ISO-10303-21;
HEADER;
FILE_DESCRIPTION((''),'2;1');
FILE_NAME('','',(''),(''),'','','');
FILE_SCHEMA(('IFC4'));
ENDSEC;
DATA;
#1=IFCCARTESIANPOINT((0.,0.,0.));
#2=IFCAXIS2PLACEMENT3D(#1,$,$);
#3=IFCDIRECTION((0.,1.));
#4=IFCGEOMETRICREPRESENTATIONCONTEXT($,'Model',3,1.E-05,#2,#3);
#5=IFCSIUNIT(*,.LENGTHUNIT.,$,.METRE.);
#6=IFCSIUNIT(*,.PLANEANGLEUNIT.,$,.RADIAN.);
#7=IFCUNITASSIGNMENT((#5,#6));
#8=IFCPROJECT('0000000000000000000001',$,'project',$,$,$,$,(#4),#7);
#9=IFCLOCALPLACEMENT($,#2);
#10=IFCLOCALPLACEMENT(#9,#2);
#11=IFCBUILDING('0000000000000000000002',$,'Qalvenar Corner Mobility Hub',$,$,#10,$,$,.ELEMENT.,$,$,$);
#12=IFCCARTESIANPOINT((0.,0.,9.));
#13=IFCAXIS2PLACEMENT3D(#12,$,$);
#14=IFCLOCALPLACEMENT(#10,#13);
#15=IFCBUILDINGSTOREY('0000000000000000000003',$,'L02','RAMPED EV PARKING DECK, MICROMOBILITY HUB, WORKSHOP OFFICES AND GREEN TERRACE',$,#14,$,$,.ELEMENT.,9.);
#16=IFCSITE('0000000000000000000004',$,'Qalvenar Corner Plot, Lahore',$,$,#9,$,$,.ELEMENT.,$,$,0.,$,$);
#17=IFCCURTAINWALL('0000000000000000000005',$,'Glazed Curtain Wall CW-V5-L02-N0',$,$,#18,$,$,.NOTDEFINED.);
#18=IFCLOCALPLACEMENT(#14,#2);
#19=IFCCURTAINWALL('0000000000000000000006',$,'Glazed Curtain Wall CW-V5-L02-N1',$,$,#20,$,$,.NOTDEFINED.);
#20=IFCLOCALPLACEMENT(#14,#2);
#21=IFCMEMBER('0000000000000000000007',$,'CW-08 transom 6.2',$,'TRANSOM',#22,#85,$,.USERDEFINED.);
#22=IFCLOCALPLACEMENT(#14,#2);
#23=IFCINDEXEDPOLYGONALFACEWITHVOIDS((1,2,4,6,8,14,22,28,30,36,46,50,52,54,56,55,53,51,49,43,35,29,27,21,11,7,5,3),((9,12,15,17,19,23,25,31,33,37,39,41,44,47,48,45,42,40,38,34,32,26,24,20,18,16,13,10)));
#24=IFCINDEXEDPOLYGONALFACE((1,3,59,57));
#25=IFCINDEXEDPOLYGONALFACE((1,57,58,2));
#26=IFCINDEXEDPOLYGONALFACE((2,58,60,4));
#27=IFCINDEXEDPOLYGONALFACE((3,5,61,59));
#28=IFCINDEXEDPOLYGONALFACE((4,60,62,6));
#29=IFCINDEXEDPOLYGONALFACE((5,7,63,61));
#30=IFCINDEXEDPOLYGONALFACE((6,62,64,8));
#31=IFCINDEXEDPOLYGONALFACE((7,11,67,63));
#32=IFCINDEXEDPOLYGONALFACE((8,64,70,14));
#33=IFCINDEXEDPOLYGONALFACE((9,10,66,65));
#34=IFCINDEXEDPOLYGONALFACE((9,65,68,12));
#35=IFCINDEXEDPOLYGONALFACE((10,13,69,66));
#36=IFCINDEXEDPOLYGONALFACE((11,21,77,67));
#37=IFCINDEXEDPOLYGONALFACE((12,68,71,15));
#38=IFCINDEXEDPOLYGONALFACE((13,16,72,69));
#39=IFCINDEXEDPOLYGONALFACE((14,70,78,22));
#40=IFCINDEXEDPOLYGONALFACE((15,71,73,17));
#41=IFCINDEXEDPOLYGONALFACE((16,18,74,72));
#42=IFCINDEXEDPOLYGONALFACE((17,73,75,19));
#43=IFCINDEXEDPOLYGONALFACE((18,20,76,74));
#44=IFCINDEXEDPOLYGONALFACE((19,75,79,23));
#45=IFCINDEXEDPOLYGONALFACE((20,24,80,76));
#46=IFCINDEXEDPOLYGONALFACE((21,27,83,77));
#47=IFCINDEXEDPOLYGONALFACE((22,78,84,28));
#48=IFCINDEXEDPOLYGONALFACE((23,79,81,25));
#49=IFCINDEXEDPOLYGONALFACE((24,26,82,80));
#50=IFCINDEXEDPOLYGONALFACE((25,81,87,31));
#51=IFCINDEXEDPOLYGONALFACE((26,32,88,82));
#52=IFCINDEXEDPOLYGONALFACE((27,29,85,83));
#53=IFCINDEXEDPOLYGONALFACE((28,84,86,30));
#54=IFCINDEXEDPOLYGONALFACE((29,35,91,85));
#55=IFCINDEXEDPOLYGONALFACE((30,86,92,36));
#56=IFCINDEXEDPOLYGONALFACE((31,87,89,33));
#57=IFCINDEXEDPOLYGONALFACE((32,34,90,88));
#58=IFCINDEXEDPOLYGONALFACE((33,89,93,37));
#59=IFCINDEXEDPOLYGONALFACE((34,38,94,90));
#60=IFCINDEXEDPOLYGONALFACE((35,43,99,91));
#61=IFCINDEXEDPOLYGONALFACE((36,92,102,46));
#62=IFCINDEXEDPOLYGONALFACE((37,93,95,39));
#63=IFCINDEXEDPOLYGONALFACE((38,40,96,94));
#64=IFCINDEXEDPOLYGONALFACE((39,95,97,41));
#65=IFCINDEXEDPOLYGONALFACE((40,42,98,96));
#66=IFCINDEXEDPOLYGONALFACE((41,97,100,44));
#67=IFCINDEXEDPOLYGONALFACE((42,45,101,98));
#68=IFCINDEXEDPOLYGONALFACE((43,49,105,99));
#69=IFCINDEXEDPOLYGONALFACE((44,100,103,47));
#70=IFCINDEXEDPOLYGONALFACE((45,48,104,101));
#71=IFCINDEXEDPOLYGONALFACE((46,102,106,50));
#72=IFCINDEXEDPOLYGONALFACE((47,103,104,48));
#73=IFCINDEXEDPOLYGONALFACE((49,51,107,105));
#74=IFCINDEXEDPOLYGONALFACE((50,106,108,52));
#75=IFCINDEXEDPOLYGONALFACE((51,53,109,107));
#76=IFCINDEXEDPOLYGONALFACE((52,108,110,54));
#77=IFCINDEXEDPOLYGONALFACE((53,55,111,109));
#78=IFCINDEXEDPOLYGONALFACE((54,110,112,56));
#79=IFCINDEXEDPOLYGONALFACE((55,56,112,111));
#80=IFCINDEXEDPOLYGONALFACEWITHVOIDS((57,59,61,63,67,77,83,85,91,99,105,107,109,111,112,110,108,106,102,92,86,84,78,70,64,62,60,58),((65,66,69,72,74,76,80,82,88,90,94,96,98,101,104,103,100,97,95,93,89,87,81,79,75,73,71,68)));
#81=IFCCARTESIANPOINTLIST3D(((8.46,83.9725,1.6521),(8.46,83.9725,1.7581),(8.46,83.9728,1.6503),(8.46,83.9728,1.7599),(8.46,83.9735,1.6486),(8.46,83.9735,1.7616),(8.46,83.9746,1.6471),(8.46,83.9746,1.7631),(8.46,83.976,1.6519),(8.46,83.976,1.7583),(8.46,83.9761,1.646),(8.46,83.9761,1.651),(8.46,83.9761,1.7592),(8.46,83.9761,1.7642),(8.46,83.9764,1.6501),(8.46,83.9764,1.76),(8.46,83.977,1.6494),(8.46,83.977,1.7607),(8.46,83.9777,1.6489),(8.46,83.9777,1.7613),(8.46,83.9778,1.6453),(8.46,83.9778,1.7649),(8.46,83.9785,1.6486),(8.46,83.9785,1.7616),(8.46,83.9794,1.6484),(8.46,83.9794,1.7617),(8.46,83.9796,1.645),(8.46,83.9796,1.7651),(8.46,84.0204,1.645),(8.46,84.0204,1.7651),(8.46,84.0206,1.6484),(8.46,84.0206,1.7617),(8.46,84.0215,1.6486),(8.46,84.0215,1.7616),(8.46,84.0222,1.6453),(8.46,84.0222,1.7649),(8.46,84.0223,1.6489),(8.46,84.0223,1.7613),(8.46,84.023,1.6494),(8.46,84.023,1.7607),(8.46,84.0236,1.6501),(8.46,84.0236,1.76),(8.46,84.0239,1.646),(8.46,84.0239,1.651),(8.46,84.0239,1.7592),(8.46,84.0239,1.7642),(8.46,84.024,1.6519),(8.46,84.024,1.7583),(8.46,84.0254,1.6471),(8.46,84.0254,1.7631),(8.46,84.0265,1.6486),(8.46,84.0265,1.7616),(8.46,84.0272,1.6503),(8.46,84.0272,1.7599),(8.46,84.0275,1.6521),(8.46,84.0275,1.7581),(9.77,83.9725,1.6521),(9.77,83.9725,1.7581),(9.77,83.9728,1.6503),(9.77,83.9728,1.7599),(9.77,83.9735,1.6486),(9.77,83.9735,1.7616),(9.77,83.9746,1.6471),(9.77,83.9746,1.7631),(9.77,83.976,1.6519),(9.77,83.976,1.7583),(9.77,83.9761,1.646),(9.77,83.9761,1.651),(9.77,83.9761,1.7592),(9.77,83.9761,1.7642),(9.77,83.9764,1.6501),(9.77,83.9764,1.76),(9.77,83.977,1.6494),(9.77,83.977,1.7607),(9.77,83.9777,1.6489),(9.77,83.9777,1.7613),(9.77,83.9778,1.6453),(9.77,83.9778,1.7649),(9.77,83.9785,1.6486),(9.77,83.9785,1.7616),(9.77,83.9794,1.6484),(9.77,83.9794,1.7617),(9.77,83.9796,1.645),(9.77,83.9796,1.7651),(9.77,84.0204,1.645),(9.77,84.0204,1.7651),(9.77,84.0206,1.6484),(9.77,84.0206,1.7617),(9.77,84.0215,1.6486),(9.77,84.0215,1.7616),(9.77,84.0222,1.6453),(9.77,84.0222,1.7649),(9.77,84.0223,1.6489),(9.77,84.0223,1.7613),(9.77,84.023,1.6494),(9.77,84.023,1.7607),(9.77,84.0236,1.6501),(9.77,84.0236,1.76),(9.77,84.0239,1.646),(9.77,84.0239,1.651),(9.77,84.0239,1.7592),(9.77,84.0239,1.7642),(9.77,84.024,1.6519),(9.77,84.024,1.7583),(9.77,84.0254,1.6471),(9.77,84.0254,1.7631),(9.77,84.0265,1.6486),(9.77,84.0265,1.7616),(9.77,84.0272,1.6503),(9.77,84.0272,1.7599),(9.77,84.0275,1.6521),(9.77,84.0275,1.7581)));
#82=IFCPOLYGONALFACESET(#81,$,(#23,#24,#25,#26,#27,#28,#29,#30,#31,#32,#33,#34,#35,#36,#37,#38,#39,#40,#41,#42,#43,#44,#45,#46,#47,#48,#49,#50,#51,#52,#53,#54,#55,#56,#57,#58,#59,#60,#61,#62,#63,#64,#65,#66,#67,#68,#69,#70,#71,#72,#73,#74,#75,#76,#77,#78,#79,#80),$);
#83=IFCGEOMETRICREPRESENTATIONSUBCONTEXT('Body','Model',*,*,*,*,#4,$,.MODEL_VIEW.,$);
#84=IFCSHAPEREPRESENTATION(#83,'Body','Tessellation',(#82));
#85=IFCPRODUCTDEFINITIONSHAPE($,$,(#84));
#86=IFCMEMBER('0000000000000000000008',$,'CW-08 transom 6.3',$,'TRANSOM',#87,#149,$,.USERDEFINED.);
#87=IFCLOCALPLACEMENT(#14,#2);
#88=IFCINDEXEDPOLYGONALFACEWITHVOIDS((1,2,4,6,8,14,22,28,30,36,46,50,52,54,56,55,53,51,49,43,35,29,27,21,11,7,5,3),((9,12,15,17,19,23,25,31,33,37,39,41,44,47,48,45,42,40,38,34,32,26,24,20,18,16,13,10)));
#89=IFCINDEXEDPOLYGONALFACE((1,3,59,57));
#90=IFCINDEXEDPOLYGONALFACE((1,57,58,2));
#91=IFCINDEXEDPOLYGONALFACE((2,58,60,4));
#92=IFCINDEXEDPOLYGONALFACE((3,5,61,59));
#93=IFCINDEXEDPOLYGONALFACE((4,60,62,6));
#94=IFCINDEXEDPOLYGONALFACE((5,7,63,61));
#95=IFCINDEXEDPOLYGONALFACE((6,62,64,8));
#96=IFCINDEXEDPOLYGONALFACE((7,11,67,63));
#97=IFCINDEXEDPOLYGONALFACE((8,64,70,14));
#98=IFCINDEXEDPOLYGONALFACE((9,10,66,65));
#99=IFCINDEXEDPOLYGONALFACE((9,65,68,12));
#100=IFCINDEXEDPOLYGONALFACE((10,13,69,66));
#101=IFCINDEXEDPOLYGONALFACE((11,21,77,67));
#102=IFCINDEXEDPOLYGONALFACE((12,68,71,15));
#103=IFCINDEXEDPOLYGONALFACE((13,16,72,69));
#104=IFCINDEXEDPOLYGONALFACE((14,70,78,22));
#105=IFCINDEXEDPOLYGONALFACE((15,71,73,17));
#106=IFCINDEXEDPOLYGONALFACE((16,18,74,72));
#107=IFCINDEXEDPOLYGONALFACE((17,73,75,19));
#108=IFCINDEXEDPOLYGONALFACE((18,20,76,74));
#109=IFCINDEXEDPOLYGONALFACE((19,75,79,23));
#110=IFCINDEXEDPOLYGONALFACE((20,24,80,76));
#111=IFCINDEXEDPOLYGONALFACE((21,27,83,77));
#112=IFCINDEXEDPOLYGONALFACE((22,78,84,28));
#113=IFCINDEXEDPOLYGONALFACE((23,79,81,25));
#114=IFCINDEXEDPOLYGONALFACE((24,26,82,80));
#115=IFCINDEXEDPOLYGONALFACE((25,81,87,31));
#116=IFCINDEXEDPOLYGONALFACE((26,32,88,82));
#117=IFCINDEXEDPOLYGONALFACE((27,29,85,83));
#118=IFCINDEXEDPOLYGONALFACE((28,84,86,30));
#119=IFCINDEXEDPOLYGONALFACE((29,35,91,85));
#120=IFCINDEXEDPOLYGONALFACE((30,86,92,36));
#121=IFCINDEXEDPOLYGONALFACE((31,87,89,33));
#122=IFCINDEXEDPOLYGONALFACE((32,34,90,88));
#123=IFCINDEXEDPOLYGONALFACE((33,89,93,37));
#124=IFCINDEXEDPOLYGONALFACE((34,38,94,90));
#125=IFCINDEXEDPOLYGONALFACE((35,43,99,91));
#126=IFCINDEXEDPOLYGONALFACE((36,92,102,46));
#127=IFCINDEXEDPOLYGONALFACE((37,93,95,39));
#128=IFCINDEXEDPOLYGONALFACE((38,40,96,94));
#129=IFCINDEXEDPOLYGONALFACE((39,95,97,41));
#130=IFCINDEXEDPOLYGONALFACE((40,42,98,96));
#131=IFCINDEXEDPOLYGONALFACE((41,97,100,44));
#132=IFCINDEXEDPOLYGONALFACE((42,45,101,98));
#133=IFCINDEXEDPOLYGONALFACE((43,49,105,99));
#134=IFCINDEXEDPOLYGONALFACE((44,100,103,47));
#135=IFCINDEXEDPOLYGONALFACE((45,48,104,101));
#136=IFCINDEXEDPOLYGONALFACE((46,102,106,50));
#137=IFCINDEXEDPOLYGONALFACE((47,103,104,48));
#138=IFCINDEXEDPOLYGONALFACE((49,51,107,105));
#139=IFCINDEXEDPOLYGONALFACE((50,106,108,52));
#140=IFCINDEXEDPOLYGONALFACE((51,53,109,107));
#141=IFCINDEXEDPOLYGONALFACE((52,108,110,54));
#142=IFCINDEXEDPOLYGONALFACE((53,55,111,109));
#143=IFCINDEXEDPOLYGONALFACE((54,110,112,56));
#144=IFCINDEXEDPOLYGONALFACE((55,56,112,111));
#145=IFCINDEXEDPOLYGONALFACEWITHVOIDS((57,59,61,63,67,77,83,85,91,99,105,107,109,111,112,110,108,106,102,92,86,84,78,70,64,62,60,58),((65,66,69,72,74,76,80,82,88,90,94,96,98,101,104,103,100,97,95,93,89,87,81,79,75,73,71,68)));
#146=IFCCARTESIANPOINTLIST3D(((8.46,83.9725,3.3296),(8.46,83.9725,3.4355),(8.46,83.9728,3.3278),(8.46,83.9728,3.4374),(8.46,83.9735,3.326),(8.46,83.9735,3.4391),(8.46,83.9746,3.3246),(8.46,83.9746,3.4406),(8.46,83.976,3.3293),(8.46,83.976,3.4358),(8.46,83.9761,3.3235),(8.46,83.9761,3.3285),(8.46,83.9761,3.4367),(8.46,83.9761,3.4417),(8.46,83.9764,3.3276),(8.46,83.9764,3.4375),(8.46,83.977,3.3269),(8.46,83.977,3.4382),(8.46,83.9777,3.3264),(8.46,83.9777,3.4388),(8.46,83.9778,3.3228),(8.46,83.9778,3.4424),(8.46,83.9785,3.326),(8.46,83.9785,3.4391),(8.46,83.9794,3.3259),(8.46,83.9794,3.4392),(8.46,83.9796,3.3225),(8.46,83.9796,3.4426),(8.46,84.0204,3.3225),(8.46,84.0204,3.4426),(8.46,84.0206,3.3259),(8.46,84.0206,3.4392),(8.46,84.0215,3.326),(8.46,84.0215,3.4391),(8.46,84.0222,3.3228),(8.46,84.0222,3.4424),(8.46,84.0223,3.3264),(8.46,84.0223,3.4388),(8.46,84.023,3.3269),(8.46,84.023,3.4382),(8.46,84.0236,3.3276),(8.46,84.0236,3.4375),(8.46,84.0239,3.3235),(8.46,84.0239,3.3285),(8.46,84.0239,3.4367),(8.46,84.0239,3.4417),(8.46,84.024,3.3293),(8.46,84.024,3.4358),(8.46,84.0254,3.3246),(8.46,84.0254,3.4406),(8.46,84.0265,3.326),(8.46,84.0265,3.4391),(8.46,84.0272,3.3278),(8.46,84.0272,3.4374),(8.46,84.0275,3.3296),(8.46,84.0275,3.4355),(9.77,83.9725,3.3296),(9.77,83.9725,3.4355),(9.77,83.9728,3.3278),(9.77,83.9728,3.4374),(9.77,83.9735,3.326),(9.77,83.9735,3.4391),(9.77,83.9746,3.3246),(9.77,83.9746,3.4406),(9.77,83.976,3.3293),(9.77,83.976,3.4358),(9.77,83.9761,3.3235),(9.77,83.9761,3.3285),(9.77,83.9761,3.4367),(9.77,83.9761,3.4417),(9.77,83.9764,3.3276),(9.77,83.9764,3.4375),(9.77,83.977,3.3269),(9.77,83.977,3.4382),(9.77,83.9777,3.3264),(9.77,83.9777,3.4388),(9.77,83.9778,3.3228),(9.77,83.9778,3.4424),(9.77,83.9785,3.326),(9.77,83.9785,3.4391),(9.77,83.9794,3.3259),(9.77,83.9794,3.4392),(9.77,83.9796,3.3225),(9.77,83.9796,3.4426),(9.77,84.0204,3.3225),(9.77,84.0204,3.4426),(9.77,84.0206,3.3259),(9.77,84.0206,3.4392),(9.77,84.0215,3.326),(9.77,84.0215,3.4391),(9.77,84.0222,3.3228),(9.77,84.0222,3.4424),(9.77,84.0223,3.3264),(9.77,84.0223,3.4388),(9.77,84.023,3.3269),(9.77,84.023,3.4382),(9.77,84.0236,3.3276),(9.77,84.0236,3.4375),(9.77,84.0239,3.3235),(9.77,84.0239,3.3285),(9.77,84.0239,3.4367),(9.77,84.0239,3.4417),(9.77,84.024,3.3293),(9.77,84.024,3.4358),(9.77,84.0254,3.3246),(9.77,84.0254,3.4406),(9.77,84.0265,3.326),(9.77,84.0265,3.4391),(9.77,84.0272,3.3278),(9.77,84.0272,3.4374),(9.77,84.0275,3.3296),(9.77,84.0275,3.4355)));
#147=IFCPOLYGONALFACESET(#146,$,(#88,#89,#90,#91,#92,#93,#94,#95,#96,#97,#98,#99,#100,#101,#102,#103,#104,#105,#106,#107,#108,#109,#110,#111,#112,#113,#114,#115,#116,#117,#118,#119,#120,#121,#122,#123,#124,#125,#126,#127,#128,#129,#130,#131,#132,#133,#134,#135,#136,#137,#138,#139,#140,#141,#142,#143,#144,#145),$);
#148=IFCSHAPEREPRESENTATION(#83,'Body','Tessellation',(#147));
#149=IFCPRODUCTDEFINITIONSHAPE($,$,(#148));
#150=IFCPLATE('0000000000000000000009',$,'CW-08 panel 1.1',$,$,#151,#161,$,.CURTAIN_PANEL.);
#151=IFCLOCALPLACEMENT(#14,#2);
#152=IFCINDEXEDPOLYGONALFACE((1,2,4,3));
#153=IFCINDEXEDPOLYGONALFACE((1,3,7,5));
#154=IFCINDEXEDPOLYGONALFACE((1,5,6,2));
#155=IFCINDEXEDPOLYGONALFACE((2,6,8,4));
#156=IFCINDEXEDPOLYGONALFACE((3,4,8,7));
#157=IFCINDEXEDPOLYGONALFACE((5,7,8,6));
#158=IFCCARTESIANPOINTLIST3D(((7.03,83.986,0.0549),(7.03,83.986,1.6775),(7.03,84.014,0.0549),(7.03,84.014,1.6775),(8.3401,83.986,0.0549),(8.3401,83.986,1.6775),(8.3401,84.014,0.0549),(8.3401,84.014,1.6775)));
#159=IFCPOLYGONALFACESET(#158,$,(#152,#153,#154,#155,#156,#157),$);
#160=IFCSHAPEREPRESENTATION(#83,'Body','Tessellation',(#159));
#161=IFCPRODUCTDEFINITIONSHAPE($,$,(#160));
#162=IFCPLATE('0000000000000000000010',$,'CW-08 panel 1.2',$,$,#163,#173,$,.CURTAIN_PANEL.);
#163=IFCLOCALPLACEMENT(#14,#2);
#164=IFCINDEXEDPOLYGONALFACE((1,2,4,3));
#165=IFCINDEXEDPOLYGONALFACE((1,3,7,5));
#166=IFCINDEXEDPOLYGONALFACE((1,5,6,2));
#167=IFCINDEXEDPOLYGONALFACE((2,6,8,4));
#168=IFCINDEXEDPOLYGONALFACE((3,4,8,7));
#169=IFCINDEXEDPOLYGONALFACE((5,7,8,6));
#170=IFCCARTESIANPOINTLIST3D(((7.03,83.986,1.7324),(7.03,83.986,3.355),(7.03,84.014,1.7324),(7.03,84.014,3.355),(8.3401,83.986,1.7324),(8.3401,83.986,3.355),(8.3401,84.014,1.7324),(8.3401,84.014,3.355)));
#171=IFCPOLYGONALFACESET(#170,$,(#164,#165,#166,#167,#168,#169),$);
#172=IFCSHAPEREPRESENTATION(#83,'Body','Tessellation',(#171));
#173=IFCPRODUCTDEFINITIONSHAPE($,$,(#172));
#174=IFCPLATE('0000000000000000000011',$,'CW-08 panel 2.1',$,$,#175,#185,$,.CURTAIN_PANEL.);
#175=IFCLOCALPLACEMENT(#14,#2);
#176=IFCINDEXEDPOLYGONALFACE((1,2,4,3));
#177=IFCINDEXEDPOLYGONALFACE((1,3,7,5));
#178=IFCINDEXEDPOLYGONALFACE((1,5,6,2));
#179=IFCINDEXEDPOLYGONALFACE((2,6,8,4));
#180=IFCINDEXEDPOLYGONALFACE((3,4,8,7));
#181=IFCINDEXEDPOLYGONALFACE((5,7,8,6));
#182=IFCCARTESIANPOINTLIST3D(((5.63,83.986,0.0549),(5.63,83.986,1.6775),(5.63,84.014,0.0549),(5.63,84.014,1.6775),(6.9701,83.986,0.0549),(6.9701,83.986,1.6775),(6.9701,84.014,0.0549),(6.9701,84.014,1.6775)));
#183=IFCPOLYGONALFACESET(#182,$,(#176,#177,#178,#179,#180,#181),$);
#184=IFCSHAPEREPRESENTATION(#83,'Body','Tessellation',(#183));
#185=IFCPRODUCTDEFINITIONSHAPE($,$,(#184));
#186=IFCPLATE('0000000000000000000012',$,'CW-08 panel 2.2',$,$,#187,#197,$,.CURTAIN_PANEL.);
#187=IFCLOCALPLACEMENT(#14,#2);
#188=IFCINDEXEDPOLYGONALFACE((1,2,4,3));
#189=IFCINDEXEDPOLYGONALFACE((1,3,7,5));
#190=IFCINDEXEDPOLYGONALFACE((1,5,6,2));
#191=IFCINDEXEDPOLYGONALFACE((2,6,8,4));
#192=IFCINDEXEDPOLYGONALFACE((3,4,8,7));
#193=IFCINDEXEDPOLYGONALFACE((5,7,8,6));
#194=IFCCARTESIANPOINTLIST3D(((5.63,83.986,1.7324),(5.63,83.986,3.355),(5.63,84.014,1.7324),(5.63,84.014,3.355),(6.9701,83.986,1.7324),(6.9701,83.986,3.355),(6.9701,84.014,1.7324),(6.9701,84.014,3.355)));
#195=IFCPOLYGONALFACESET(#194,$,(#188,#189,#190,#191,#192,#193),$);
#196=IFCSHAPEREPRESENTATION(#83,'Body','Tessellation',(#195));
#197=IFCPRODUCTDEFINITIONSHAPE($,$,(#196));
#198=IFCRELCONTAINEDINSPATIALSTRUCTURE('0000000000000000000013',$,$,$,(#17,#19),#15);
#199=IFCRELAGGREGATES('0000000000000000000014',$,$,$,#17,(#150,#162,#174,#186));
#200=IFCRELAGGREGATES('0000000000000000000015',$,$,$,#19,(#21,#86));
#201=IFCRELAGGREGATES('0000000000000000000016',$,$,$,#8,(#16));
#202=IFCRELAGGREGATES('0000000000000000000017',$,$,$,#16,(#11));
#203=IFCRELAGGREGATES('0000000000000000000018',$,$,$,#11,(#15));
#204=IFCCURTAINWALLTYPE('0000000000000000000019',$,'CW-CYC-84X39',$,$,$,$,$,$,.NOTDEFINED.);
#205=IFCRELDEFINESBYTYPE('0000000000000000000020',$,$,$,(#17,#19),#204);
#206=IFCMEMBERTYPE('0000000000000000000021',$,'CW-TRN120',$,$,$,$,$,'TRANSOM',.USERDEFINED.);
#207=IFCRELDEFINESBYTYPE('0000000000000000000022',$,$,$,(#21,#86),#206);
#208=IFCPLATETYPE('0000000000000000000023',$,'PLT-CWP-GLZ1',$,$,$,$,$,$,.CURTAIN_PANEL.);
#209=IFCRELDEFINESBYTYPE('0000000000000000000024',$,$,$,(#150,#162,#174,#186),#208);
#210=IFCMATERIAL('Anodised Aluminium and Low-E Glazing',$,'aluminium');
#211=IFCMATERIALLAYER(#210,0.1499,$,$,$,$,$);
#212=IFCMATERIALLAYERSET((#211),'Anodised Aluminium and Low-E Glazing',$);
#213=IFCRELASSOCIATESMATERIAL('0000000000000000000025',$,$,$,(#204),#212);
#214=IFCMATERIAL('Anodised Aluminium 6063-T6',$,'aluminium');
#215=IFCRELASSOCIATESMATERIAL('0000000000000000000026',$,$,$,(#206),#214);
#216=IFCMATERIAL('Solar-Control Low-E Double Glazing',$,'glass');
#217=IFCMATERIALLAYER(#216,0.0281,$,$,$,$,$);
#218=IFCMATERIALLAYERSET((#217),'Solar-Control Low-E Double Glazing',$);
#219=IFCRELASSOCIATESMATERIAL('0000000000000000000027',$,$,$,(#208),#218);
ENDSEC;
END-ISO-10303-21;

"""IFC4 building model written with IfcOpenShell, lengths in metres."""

from ifc_helpers import new_model, si_unit, direction, frame, origin, origin_2d, place, context, subcontext, project, spatial, rectangle, hollow_rectangle, extrude, material, layer, layer_set, material_profile, profile_set, type_object, element, aggregate, save


model = new_model("IFC4")

# Units and contexts
model_context = context("Model", 3, precision=1e-05, world=origin(), true_north=direction((0.0, 1.0)))
body_context = subcontext(model_context, "Body", "Model", "MODEL_VIEW")
ifc_project = project(units=[si_unit("LENGTHUNIT", "METRE"), si_unit("PLANEANGLEUNIT", "RADIAN")], contexts=[model_context])

# Site, building, storey
site_placement = place(None, origin())
site = spatial("IfcSite", under=ifc_project, at=site_placement, Name="Qalvenar Corner Plot, Lahore", CompositionType="ELEMENT", RefElevation=0.0)
building_placement = place(site_placement, origin())
building = spatial("IfcBuilding", under=site, at=building_placement, Name="Qalvenar Corner Mobility Hub", CompositionType="ELEMENT")
storey_placement = place(building_placement, frame((0.0, 0.0, 9.0)))
storey = spatial("IfcBuildingStorey", under=building, at=storey_placement, Name="L02", Description="RAMPED EV PARKING DECK, MICROMOBILITY HUB, WORKSHOP OFFICES AND GREEN TERRACE", CompositionType="ELEMENT", Elevation=9.0)

# Curtain walls
ifc_material_1 = material(Name="Anodised Aluminium and Low-E Glazing", Category="aluminium")
ifc_layer_1 = layer(ifc_material_1, 0.1499)
ifc_layer_set_1 = layer_set([ifc_layer_1], Name="Anodised Aluminium and Low-E Glazing")
curtain_wall_type = type_object("IfcCurtainWallType", Name="CW-CYC-84X39", PredefinedType="NOTDEFINED", material=ifc_layer_set_1)
curtain_wall_1_placement = place(storey_placement, origin())
curtain_wall_1 = element("IfcCurtainWall", 1, at=curtain_wall_1_placement, inside=storey, type_object=curtain_wall_type, Name="Glazed Curtain Wall CW-V5-L02-N0", PredefinedType="NOTDEFINED")
ifc_material_2 = material(Name="Anodised Aluminium 6063-T6", Category="aluminium")
curtain_wall_2_placement = place(storey_placement, origin())
curtain_wall_2 = element("IfcCurtainWall", 2, at=curtain_wall_2_placement, inside=storey, type_object=curtain_wall_type, Name="Glazed Curtain Wall CW-V5-L02-N1", PredefinedType="NOTDEFINED")

# Members
ifc_material_profile_1 = material_profile(ifc_material_2, hollow_rectangle(XDim=0.0549, YDim=0.1201, WallThickness=0.0034, InnerFilletRadius=0.0034, OuterFilletRadius=0.0071, at=origin_2d()), Name="RHS120x55x3.5")
ifc_profile_set_1 = profile_set([ifc_material_profile_1], Name="Anodised Aluminium 6063-T6")
member_type_1 = type_object("IfcMemberType", Name="CW-TRN120", ElementType="TRANSOM", PredefinedType="USERDEFINED", material=ifc_profile_set_1)
member_1_placement = place(storey_placement, frame((9.77, 84.0, 1.7051), z_axis=(-1.0, 0.0, 0.0), x_axis=(0.0, -1.0, 0.0)))
member_1 = element("IfcMember", 3, at=member_1_placement, type_object=member_type_1, Name="CW-08 transom 6.2", ObjectType="TRANSOM", PredefinedType="USERDEFINED", context=body_context, shape_type="SweptSolid", body=[
    extrude(hollow_rectangle(XDim=0.0549, YDim=0.1201, WallThickness=0.0034, InnerFilletRadius=0.0034, OuterFilletRadius=0.0071, at=origin_2d()), origin(), (0.0, 0.0, 1.0), 1.3101),
])
member_2_placement = place(storey_placement, frame((9.77, 84.0, 3.3826), z_axis=(-1.0, 0.0, 0.0), x_axis=(0.0, -1.0, 0.0)))
member_2 = element("IfcMember", 4, at=member_2_placement, type_object=member_type_1, Name="CW-08 transom 6.3", ObjectType="TRANSOM", PredefinedType="USERDEFINED", context=body_context, shape_type="SweptSolid", body=[
    extrude(hollow_rectangle(XDim=0.0549, YDim=0.1201, WallThickness=0.0034, InnerFilletRadius=0.0034, OuterFilletRadius=0.0071, at=origin_2d()), origin(), (0.0, 0.0, 1.0), 1.3101),
])

# Plates
ifc_material_3 = material(Name="Solar-Control Low-E Double Glazing", Category="glass")
ifc_layer_2 = layer(ifc_material_3, 0.0281)
ifc_layer_set_2 = layer_set([ifc_layer_2], Name="Solar-Control Low-E Double Glazing")
plate_type = type_object("IfcPlateType", Name="PLT-CWP-GLZ1", PredefinedType="CURTAIN_PANEL", material=ifc_layer_set_2)
plate_1_placement = place(storey_placement, frame((7.6851, 84.0, 0.0549), z_axis=(0.0, 0.0, 1.0), x_axis=(-1.0, 0.0, 0.0)))
plate_1 = element("IfcPlate", 5, at=plate_1_placement, type_object=plate_type, Name="CW-08 panel 1.1", PredefinedType="CURTAIN_PANEL", context=body_context, shape_type="SweptSolid", body=[
    extrude(rectangle(XDim=1.3101, YDim=0.0281, at=origin_2d()), origin(), (0.0, 0.0, 1.0), 1.6226),
])
plate_2_placement = place(storey_placement, frame((7.6851, 84.0, 1.7324), z_axis=(0.0, 0.0, 1.0), x_axis=(-1.0, 0.0, 0.0)))
plate_2 = element("IfcPlate", 6, at=plate_2_placement, type_object=plate_type, Name="CW-08 panel 1.2", PredefinedType="CURTAIN_PANEL", context=body_context, shape_type="SweptSolid", body=[
    extrude(rectangle(XDim=1.3101, YDim=0.0281, at=origin_2d()), origin(), (0.0, 0.0, 1.0), 1.6226),
])
plate_3_placement = place(storey_placement, frame((6.3, 84.0, 0.0549), z_axis=(0.0, 0.0, 1.0), x_axis=(-1.0, 0.0, 0.0)))
plate_3 = element("IfcPlate", 7, at=plate_3_placement, type_object=plate_type, Name="CW-08 panel 2.1", PredefinedType="CURTAIN_PANEL", context=body_context, shape_type="SweptSolid", body=[
    extrude(rectangle(XDim=1.3401, YDim=0.0281, at=origin_2d()), origin(), (0.0, 0.0, 1.0), 1.6226),
])
plate_4_placement = place(storey_placement, frame((6.3, 84.0, 1.7324), z_axis=(0.0, 0.0, 1.0), x_axis=(-1.0, 0.0, 0.0)))
plate_4 = element("IfcPlate", 8, at=plate_4_placement, type_object=plate_type, Name="CW-08 panel 2.2", PredefinedType="CURTAIN_PANEL", context=body_context, shape_type="SweptSolid", body=[
    extrude(rectangle(XDim=1.3401, YDim=0.0281, at=origin_2d()), origin(), (0.0, 0.0, 1.0), 1.6226),
])
aggregate(curtain_wall_1, [plate_1, plate_2, plate_3, plate_4])
aggregate(curtain_wall_2, [member_1, member_2])

save(model, "model.ifc")
